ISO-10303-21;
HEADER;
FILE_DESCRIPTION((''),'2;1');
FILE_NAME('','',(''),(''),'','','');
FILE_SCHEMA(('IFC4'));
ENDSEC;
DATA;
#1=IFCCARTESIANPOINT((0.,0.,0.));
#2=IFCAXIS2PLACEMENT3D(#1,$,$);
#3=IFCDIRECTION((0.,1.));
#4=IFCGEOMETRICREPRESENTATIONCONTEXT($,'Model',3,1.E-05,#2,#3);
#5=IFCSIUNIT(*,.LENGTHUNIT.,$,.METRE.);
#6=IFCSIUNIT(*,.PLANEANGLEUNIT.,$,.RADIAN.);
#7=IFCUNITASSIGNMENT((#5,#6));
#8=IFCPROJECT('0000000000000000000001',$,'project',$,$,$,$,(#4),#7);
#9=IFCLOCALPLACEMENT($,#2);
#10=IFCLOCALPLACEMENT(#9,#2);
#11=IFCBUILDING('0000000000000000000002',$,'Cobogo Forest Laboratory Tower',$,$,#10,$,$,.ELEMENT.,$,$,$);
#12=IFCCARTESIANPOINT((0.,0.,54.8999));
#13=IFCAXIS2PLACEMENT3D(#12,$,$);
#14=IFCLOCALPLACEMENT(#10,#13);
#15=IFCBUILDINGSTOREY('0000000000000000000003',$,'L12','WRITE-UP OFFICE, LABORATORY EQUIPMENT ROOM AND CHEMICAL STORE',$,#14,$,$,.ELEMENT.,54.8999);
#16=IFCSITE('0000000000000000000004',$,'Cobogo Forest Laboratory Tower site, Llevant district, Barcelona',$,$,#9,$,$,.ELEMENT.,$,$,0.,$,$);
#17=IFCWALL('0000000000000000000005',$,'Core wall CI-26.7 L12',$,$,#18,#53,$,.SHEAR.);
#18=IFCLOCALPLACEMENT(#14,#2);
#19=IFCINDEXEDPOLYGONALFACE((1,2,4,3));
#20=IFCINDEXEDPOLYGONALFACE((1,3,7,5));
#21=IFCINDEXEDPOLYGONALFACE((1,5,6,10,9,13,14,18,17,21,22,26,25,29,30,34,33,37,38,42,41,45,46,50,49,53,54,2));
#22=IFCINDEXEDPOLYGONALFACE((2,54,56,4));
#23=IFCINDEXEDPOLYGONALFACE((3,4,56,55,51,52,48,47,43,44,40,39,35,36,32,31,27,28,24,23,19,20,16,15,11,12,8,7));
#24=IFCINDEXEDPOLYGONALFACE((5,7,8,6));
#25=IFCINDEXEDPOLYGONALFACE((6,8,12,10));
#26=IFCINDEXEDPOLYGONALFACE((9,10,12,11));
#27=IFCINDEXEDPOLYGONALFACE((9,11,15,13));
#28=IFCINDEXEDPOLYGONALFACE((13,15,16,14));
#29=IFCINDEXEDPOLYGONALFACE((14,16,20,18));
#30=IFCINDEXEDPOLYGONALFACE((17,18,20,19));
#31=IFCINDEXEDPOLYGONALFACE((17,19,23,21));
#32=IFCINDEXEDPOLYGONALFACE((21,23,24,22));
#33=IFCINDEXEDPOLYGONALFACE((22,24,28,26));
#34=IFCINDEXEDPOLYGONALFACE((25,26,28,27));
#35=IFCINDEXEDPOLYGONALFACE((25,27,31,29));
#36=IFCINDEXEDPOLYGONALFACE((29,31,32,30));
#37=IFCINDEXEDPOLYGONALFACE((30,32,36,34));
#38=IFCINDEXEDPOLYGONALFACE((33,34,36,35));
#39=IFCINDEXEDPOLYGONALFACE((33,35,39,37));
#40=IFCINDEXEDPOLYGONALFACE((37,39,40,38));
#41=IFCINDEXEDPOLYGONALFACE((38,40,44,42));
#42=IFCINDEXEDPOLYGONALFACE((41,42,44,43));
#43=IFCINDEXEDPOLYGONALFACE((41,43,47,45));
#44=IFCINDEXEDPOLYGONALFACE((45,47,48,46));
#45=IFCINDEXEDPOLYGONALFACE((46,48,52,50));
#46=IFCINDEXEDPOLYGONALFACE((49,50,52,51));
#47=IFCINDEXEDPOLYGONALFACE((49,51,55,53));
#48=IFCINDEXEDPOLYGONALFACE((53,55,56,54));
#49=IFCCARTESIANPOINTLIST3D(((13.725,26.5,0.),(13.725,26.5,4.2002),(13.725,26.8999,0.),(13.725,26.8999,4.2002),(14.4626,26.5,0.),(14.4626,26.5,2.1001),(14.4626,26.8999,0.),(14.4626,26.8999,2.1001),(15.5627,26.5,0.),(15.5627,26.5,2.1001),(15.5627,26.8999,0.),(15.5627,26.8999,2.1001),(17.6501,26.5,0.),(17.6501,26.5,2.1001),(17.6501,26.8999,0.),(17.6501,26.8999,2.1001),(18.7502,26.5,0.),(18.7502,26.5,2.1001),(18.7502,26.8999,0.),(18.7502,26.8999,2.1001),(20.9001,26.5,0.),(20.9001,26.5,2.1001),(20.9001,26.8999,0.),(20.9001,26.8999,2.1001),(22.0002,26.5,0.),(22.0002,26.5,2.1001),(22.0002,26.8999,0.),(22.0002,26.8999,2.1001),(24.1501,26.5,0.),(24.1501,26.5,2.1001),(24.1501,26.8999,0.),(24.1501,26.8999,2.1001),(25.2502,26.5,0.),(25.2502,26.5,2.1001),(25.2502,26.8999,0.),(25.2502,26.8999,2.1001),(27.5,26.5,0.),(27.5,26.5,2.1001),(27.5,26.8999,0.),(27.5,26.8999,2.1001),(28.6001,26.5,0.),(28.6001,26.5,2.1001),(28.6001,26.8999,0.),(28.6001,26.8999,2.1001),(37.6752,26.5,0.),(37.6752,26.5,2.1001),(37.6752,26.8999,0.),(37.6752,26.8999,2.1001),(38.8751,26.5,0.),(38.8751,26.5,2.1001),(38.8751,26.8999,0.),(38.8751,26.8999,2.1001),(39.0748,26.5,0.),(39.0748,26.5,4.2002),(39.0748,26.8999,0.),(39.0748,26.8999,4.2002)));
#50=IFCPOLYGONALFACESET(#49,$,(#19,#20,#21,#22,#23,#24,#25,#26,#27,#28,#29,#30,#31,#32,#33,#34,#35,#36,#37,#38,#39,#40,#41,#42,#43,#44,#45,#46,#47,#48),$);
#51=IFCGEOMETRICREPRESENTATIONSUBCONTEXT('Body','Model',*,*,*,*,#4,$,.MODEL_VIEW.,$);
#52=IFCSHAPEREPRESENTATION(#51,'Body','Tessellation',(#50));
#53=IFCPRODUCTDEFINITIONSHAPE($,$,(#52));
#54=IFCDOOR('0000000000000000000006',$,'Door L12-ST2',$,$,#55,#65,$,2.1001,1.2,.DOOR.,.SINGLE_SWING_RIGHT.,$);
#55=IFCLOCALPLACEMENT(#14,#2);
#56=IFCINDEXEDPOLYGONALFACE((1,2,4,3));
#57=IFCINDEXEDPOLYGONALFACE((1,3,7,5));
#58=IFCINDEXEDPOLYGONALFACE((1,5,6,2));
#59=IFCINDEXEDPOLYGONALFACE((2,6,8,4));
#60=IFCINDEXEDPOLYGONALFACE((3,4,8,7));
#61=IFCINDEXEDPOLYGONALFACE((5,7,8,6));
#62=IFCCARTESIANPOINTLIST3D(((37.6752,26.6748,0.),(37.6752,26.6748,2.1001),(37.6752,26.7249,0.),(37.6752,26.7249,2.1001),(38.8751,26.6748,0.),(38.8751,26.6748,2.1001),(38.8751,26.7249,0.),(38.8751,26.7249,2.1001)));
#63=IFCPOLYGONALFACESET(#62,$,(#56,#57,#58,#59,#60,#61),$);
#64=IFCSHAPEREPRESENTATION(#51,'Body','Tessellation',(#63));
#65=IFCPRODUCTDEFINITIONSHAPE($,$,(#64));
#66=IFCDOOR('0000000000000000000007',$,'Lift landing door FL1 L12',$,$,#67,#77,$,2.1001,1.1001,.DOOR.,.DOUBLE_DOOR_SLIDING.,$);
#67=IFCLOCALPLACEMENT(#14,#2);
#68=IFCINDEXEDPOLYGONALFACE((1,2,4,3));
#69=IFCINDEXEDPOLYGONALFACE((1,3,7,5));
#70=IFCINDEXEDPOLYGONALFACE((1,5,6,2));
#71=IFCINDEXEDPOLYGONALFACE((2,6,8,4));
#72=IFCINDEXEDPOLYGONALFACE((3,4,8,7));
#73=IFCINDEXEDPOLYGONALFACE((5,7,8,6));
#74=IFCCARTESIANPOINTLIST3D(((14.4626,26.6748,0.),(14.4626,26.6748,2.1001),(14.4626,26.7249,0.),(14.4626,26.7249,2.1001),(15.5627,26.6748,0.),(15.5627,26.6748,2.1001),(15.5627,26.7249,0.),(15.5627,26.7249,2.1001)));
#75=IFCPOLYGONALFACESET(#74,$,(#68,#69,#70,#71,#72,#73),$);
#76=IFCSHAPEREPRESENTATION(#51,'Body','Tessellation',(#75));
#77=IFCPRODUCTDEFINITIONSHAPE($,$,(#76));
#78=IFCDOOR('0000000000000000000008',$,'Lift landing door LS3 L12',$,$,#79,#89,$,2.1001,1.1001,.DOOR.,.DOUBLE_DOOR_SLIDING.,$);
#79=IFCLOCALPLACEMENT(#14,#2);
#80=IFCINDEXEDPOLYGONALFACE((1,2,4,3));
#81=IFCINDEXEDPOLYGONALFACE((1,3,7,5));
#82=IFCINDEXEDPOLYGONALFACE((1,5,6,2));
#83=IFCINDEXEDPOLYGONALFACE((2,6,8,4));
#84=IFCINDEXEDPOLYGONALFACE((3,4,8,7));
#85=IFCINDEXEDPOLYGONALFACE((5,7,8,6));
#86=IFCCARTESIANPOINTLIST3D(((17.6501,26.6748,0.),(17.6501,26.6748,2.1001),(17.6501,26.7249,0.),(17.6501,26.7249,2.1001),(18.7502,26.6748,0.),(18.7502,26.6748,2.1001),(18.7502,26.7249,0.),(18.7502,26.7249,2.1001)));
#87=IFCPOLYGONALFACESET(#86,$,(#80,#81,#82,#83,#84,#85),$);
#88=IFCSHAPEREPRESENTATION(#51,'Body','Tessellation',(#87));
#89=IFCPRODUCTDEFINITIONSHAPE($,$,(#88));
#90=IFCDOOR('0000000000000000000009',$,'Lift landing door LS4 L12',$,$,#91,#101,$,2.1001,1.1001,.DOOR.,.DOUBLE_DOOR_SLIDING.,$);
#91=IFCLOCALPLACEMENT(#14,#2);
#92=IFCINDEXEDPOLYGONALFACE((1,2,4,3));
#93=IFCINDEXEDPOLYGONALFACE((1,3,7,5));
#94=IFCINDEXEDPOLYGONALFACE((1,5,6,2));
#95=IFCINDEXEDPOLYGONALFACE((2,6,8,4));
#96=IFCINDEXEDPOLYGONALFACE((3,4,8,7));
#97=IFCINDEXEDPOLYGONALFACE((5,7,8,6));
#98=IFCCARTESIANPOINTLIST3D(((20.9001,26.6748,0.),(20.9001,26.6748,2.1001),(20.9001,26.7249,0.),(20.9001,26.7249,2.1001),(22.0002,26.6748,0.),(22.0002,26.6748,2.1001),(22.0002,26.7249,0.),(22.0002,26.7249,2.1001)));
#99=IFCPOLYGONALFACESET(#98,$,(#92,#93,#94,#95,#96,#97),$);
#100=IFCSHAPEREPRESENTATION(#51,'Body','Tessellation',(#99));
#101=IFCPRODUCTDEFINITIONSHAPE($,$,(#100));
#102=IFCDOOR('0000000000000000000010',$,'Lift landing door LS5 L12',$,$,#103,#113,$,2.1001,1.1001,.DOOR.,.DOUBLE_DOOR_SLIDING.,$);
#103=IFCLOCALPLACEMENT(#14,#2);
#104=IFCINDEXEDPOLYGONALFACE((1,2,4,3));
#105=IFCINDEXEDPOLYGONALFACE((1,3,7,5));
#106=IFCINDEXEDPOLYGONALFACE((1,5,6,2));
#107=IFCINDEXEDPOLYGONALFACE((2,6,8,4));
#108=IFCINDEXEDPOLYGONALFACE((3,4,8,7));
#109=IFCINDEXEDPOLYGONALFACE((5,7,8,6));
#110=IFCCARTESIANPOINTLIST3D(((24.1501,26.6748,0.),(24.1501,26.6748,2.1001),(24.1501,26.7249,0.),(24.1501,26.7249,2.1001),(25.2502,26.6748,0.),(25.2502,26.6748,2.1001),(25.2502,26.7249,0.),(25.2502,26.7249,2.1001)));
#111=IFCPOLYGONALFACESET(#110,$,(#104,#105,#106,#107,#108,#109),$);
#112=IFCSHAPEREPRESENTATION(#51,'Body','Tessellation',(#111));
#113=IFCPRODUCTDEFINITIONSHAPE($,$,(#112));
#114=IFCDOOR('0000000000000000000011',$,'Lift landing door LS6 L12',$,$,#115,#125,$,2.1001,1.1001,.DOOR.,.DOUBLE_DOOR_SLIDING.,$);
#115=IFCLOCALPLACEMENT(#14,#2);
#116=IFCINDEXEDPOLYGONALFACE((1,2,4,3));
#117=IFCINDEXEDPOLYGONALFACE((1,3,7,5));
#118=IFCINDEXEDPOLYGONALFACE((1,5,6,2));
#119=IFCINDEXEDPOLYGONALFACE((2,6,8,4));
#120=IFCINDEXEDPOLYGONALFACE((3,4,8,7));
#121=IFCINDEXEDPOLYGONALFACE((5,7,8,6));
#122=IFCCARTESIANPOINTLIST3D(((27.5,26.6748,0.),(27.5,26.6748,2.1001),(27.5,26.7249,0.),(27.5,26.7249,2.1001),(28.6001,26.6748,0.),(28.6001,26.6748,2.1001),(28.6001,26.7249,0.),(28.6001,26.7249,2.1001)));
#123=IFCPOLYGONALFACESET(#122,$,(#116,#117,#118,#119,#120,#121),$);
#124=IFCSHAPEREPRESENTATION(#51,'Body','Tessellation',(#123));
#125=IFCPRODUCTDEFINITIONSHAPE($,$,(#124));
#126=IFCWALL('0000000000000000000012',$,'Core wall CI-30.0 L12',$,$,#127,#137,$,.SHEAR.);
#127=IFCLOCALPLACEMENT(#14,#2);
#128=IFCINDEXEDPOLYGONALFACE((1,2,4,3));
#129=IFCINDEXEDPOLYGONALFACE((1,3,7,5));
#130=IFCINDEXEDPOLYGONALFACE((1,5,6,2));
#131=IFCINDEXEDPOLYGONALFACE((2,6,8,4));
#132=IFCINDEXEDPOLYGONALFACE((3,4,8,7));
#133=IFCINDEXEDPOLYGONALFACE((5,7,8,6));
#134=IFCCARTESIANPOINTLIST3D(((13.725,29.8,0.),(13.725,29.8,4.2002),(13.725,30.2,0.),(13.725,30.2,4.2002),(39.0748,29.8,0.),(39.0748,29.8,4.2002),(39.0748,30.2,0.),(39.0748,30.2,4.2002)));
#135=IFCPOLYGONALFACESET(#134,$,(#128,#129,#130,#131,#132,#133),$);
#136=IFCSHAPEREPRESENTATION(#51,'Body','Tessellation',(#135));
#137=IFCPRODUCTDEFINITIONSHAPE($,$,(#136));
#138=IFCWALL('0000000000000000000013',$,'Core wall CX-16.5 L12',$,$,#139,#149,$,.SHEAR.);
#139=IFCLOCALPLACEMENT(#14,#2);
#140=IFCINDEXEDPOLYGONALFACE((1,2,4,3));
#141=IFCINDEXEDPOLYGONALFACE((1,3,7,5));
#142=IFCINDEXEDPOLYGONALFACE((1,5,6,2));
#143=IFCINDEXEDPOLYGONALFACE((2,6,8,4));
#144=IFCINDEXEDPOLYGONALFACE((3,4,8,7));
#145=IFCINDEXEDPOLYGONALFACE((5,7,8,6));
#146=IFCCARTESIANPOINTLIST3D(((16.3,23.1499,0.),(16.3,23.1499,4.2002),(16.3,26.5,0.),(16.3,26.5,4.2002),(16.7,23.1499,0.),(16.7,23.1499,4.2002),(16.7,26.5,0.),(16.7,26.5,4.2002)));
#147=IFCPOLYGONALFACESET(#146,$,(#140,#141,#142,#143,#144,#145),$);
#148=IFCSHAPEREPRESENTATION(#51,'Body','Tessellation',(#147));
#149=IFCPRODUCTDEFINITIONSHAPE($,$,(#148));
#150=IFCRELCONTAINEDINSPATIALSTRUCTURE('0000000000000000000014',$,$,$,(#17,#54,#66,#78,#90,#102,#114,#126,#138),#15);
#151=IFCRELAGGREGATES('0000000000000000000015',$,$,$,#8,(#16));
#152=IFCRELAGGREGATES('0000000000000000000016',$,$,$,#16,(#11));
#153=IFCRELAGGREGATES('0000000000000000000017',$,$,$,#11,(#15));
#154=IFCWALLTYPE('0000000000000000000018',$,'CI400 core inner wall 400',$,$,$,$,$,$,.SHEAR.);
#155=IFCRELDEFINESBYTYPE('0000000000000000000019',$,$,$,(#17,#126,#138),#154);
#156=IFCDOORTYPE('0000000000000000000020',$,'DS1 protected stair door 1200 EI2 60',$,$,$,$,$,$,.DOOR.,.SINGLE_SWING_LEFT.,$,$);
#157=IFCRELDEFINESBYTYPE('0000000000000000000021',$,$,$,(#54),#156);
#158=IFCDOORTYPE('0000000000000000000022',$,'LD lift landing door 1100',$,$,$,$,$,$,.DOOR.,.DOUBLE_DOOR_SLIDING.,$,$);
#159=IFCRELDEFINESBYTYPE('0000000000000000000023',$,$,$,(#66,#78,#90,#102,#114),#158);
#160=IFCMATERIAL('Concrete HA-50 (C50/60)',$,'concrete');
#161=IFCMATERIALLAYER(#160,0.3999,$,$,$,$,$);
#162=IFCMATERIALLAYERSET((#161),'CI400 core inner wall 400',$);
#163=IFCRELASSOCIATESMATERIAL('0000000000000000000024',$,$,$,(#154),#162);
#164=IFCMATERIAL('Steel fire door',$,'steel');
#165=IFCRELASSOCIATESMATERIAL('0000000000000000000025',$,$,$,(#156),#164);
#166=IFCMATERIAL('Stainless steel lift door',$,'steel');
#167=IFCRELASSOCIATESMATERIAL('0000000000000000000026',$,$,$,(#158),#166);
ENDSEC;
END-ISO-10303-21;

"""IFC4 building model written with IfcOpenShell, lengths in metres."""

from ifc_helpers import new_model, si_unit, direction, frame, frame_2d, origin, place, context, subcontext, project, spatial, rectangle, extrude, material, layer, layer_set, type_object, element, fill, save


model = new_model("IFC4")

# Units and contexts
model_context = context("Model", 3, precision=1e-05, world=origin(), true_north=direction((0.0, 1.0)))
body_context = subcontext(model_context, "Body", "Model", "MODEL_VIEW")
ifc_project = project(units=[si_unit("LENGTHUNIT", "METRE"), si_unit("PLANEANGLEUNIT", "RADIAN")], contexts=[model_context])

# Site, building, storey
site_placement = place(None, origin())
site = spatial("IfcSite", under=ifc_project, at=site_placement, Name="Cobogo Forest Laboratory Tower site, Llevant district, Barcelona", CompositionType="ELEMENT", RefElevation=0.0)
building_placement = place(site_placement, origin())
building = spatial("IfcBuilding", under=site, at=building_placement, Name="Cobogo Forest Laboratory Tower", CompositionType="ELEMENT")
storey_placement = place(building_placement, frame((0.0, 0.0, 54.8999)))
storey = spatial("IfcBuildingStorey", under=building, at=storey_placement, Name="L12", Description="WRITE-UP OFFICE, LABORATORY EQUIPMENT ROOM AND CHEMICAL STORE", CompositionType="ELEMENT", Elevation=54.8999)

# Shared definitions
ifc_material_1 = material(Name="Concrete HA-50 (C50/60)", Category="concrete")

# Shared definitions
ifc_layer_1 = layer(ifc_material_1, 0.3999)
ifc_layer_set_1 = layer_set([ifc_layer_1], Name="CI400 core inner wall 400")
wall_type_1 = type_object("IfcWallType", Name="CI400 core inner wall 400", PredefinedType="SHEAR", material=ifc_layer_set_1)

# Wall, openings, doors
wall_1_placement = place(storey_placement, frame((13.7251, 26.7, 0.0), z_axis=(0.0, 0.0, 1.0), x_axis=(1.0, 0.0, 0.0)))
wall_1 = element("IfcWall", 1, at=wall_1_placement, inside=storey, type_object=wall_type_1, Name="Core wall CI-26.7 L12", PredefinedType="SHEAR", context=body_context, shape_type="SweptSolid", body=[
    extrude(rectangle(XDim=25.3499, YDim=0.3999, at=frame_2d((12.6748, 0.0))), origin(), (0.0, 0.0, 1.0), 4.2002),
])
opening_1_placement = place(wall_1_placement, frame((23.95, 0.0, 0.0)))
opening_1 = element("IfcOpeningElement", 2, at=opening_1_placement, cuts=wall_1, PredefinedType="OPENING", context=body_context, shape_type="SweptSolid", body=[
    extrude(rectangle(XDim=1.2, YDim=2.1001, at=frame_2d((0.6001, 1.05))), frame((0.0, 0.21, 0.0), z_axis=(0.0, -1.0, 0.0), x_axis=(1.0, 0.0, 0.0)), (0.0, 0.0, 1.0), 0.4199),
])
opening_2_placement = place(wall_1_placement, frame((0.7375, 0.0, 0.0)))
opening_2 = element("IfcOpeningElement", 3, at=opening_2_placement, cuts=wall_1, PredefinedType="OPENING", context=body_context, shape_type="SweptSolid", body=[
    extrude(rectangle(XDim=1.1001, YDim=2.1001, at=frame_2d((0.55, 1.05))), frame((0.0, 0.21, 0.0), z_axis=(0.0, -1.0, 0.0), x_axis=(1.0, 0.0, 0.0)), (0.0, 0.0, 1.0), 0.4199),
])
opening_3_placement = place(wall_1_placement, frame((3.925, 0.0, 0.0)))
opening_3 = element("IfcOpeningElement", 4, at=opening_3_placement, cuts=wall_1, PredefinedType="OPENING", context=body_context, shape_type="SweptSolid", body=[
    extrude(rectangle(XDim=1.1001, YDim=2.1001, at=frame_2d((0.55, 1.05))), frame((0.0, 0.21, 0.0), z_axis=(0.0, -1.0, 0.0), x_axis=(1.0, 0.0, 0.0)), (0.0, 0.0, 1.0), 0.4199),
])
opening_4_placement = place(wall_1_placement, frame((7.175, 0.0, 0.0)))
opening_4 = element("IfcOpeningElement", 5, at=opening_4_placement, cuts=wall_1, PredefinedType="OPENING", context=body_context, shape_type="SweptSolid", body=[
    extrude(rectangle(XDim=1.1001, YDim=2.1001, at=frame_2d((0.55, 1.05))), frame((0.0, 0.21, 0.0), z_axis=(0.0, -1.0, 0.0), x_axis=(1.0, 0.0, 0.0)), (0.0, 0.0, 1.0), 0.4199),
])
opening_5_placement = place(wall_1_placement, frame((10.425, 0.0, 0.0)))
opening_5 = element("IfcOpeningElement", 6, at=opening_5_placement, cuts=wall_1, PredefinedType="OPENING", context=body_context, shape_type="SweptSolid", body=[
    extrude(rectangle(XDim=1.1001, YDim=2.1001, at=frame_2d((0.55, 1.05))), frame((0.0, 0.21, 0.0), z_axis=(0.0, -1.0, 0.0), x_axis=(1.0, 0.0, 0.0)), (0.0, 0.0, 1.0), 0.4199),
])
opening_6_placement = place(wall_1_placement, frame((13.7749, 0.0, 0.0)))
opening_6 = element("IfcOpeningElement", 7, at=opening_6_placement, cuts=wall_1, PredefinedType="OPENING", context=body_context, shape_type="SweptSolid", body=[
    extrude(rectangle(XDim=1.1001, YDim=2.1001, at=frame_2d((0.55, 1.05))), frame((0.0, 0.21, 0.0), z_axis=(0.0, -1.0, 0.0), x_axis=(1.0, 0.0, 0.0)), (0.0, 0.0, 1.0), 0.4199),
])
ifc_material_2 = material(Name="Steel fire door", Category="steel")
door_type_1 = type_object("IfcDoorType", Name="DS1 protected stair door 1200 EI2 60", OperationType="SINGLE_SWING_LEFT", PredefinedType="DOOR", material=ifc_material_2)
door_1_placement = place(opening_1_placement, origin())
door_1 = element("IfcDoor", 8, at=door_1_placement, inside=storey, type_object=door_type_1, Name="Door L12-ST2", OperationType="SINGLE_SWING_RIGHT", OverallHeight=2.1001, OverallWidth=1.2, PredefinedType="DOOR", context=body_context, shape_type="SweptSolid", body=[
    extrude(rectangle(XDim=1.2, YDim=2.1001, at=frame_2d((0.6001, 1.05))), frame((0.0, 0.0249, 0.0), z_axis=(0.0, -1.0, 0.0), x_axis=(1.0, 0.0, 0.0)), (0.0, 0.0, 1.0), 0.05),
])
fill(opening_1, door_1)
ifc_material_3 = material(Name="Stainless steel lift door", Category="steel")
door_type_2 = type_object("IfcDoorType", Name="LD lift landing door 1100", OperationType="DOUBLE_DOOR_SLIDING", PredefinedType="DOOR", material=ifc_material_3)
door_2_placement = place(opening_2_placement, origin())
door_2 = element("IfcDoor", 9, at=door_2_placement, inside=storey, type_object=door_type_2, Name="Lift landing door FL1 L12", OperationType="DOUBLE_DOOR_SLIDING", OverallHeight=2.1001, OverallWidth=1.1001, PredefinedType="DOOR", context=body_context, shape_type="SweptSolid", body=[
    extrude(rectangle(XDim=1.1001, YDim=2.1001, at=frame_2d((0.55, 1.05))), frame((0.0, 0.0249, 0.0), z_axis=(0.0, -1.0, 0.0), x_axis=(1.0, 0.0, 0.0)), (0.0, 0.0, 1.0), 0.05),
])
fill(opening_2, door_2)
door_3_placement = place(opening_3_placement, origin())
door_3 = element("IfcDoor", 10, at=door_3_placement, inside=storey, type_object=door_type_2, Name="Lift landing door LS3 L12", OperationType="DOUBLE_DOOR_SLIDING", OverallHeight=2.1001, OverallWidth=1.1001, PredefinedType="DOOR", context=body_context, shape_type="SweptSolid", body=[
    extrude(rectangle(XDim=1.1001, YDim=2.1001, at=frame_2d((0.55, 1.05))), frame((0.0, 0.0249, 0.0), z_axis=(0.0, -1.0, 0.0), x_axis=(1.0, 0.0, 0.0)), (0.0, 0.0, 1.0), 0.05),
])
fill(opening_3, door_3)
door_4_placement = place(opening_4_placement, origin())
door_4 = element("IfcDoor", 11, at=door_4_placement, inside=storey, type_object=door_type_2, Name="Lift landing door LS4 L12", OperationType="DOUBLE_DOOR_SLIDING", OverallHeight=2.1001, OverallWidth=1.1001, PredefinedType="DOOR", context=body_context, shape_type="SweptSolid", body=[
    extrude(rectangle(XDim=1.1001, YDim=2.1001, at=frame_2d((0.55, 1.05))), frame((0.0, 0.0249, 0.0), z_axis=(0.0, -1.0, 0.0), x_axis=(1.0, 0.0, 0.0)), (0.0, 0.0, 1.0), 0.05),
])
fill(opening_4, door_4)
door_5_placement = place(opening_5_placement, origin())
door_5 = element("IfcDoor", 12, at=door_5_placement, inside=storey, type_object=door_type_2, Name="Lift landing door LS5 L12", OperationType="DOUBLE_DOOR_SLIDING", OverallHeight=2.1001, OverallWidth=1.1001, PredefinedType="DOOR", context=body_context, shape_type="SweptSolid", body=[
    extrude(rectangle(XDim=1.1001, YDim=2.1001, at=frame_2d((0.55, 1.05))), frame((0.0, 0.0249, 0.0), z_axis=(0.0, -1.0, 0.0), x_axis=(1.0, 0.0, 0.0)), (0.0, 0.0, 1.0), 0.05),
])
fill(opening_5, door_5)
door_6_placement = place(opening_6_placement, origin())
door_6 = element("IfcDoor", 13, at=door_6_placement, inside=storey, type_object=door_type_2, Name="Lift landing door LS6 L12", OperationType="DOUBLE_DOOR_SLIDING", OverallHeight=2.1001, OverallWidth=1.1001, PredefinedType="DOOR", context=body_context, shape_type="SweptSolid", body=[
    extrude(rectangle(XDim=1.1001, YDim=2.1001, at=frame_2d((0.55, 1.05))), frame((0.0, 0.0249, 0.0), z_axis=(0.0, -1.0, 0.0), x_axis=(1.0, 0.0, 0.0)), (0.0, 0.0, 1.0), 0.05),
])
fill(opening_6, door_6)

# Walls
wall_2_placement = place(storey_placement, frame((13.7251, 30.0, 0.0), z_axis=(0.0, 0.0, 1.0), x_axis=(1.0, 0.0, 0.0)))
element("IfcWall", 14, at=wall_2_placement, inside=storey, type_object=wall_type_1, Name="Core wall CI-30.0 L12", PredefinedType="SHEAR", context=body_context, shape_type="SweptSolid", body=[
    extrude(rectangle(XDim=25.3499, YDim=0.3999, at=frame_2d((12.6748, 0.0))), origin(), (0.0, 0.0, 1.0), 4.2002),
])
wall_3_placement = place(storey_placement, frame((16.5, 23.1499, 0.0), z_axis=(0.0, 0.0, 1.0), x_axis=(0.0, 1.0, 0.0)))
element("IfcWall", 15, at=wall_3_placement, inside=storey, type_object=wall_type_1, Name="Core wall CX-16.5 L12", PredefinedType="SHEAR", context=body_context, shape_type="SweptSolid", body=[
    extrude(rectangle(XDim=3.3501, YDim=0.3999, at=frame_2d((1.675, 0.0))), origin(), (0.0, 0.0, 1.0), 4.2002),
])

save(model, "model.ifc")
